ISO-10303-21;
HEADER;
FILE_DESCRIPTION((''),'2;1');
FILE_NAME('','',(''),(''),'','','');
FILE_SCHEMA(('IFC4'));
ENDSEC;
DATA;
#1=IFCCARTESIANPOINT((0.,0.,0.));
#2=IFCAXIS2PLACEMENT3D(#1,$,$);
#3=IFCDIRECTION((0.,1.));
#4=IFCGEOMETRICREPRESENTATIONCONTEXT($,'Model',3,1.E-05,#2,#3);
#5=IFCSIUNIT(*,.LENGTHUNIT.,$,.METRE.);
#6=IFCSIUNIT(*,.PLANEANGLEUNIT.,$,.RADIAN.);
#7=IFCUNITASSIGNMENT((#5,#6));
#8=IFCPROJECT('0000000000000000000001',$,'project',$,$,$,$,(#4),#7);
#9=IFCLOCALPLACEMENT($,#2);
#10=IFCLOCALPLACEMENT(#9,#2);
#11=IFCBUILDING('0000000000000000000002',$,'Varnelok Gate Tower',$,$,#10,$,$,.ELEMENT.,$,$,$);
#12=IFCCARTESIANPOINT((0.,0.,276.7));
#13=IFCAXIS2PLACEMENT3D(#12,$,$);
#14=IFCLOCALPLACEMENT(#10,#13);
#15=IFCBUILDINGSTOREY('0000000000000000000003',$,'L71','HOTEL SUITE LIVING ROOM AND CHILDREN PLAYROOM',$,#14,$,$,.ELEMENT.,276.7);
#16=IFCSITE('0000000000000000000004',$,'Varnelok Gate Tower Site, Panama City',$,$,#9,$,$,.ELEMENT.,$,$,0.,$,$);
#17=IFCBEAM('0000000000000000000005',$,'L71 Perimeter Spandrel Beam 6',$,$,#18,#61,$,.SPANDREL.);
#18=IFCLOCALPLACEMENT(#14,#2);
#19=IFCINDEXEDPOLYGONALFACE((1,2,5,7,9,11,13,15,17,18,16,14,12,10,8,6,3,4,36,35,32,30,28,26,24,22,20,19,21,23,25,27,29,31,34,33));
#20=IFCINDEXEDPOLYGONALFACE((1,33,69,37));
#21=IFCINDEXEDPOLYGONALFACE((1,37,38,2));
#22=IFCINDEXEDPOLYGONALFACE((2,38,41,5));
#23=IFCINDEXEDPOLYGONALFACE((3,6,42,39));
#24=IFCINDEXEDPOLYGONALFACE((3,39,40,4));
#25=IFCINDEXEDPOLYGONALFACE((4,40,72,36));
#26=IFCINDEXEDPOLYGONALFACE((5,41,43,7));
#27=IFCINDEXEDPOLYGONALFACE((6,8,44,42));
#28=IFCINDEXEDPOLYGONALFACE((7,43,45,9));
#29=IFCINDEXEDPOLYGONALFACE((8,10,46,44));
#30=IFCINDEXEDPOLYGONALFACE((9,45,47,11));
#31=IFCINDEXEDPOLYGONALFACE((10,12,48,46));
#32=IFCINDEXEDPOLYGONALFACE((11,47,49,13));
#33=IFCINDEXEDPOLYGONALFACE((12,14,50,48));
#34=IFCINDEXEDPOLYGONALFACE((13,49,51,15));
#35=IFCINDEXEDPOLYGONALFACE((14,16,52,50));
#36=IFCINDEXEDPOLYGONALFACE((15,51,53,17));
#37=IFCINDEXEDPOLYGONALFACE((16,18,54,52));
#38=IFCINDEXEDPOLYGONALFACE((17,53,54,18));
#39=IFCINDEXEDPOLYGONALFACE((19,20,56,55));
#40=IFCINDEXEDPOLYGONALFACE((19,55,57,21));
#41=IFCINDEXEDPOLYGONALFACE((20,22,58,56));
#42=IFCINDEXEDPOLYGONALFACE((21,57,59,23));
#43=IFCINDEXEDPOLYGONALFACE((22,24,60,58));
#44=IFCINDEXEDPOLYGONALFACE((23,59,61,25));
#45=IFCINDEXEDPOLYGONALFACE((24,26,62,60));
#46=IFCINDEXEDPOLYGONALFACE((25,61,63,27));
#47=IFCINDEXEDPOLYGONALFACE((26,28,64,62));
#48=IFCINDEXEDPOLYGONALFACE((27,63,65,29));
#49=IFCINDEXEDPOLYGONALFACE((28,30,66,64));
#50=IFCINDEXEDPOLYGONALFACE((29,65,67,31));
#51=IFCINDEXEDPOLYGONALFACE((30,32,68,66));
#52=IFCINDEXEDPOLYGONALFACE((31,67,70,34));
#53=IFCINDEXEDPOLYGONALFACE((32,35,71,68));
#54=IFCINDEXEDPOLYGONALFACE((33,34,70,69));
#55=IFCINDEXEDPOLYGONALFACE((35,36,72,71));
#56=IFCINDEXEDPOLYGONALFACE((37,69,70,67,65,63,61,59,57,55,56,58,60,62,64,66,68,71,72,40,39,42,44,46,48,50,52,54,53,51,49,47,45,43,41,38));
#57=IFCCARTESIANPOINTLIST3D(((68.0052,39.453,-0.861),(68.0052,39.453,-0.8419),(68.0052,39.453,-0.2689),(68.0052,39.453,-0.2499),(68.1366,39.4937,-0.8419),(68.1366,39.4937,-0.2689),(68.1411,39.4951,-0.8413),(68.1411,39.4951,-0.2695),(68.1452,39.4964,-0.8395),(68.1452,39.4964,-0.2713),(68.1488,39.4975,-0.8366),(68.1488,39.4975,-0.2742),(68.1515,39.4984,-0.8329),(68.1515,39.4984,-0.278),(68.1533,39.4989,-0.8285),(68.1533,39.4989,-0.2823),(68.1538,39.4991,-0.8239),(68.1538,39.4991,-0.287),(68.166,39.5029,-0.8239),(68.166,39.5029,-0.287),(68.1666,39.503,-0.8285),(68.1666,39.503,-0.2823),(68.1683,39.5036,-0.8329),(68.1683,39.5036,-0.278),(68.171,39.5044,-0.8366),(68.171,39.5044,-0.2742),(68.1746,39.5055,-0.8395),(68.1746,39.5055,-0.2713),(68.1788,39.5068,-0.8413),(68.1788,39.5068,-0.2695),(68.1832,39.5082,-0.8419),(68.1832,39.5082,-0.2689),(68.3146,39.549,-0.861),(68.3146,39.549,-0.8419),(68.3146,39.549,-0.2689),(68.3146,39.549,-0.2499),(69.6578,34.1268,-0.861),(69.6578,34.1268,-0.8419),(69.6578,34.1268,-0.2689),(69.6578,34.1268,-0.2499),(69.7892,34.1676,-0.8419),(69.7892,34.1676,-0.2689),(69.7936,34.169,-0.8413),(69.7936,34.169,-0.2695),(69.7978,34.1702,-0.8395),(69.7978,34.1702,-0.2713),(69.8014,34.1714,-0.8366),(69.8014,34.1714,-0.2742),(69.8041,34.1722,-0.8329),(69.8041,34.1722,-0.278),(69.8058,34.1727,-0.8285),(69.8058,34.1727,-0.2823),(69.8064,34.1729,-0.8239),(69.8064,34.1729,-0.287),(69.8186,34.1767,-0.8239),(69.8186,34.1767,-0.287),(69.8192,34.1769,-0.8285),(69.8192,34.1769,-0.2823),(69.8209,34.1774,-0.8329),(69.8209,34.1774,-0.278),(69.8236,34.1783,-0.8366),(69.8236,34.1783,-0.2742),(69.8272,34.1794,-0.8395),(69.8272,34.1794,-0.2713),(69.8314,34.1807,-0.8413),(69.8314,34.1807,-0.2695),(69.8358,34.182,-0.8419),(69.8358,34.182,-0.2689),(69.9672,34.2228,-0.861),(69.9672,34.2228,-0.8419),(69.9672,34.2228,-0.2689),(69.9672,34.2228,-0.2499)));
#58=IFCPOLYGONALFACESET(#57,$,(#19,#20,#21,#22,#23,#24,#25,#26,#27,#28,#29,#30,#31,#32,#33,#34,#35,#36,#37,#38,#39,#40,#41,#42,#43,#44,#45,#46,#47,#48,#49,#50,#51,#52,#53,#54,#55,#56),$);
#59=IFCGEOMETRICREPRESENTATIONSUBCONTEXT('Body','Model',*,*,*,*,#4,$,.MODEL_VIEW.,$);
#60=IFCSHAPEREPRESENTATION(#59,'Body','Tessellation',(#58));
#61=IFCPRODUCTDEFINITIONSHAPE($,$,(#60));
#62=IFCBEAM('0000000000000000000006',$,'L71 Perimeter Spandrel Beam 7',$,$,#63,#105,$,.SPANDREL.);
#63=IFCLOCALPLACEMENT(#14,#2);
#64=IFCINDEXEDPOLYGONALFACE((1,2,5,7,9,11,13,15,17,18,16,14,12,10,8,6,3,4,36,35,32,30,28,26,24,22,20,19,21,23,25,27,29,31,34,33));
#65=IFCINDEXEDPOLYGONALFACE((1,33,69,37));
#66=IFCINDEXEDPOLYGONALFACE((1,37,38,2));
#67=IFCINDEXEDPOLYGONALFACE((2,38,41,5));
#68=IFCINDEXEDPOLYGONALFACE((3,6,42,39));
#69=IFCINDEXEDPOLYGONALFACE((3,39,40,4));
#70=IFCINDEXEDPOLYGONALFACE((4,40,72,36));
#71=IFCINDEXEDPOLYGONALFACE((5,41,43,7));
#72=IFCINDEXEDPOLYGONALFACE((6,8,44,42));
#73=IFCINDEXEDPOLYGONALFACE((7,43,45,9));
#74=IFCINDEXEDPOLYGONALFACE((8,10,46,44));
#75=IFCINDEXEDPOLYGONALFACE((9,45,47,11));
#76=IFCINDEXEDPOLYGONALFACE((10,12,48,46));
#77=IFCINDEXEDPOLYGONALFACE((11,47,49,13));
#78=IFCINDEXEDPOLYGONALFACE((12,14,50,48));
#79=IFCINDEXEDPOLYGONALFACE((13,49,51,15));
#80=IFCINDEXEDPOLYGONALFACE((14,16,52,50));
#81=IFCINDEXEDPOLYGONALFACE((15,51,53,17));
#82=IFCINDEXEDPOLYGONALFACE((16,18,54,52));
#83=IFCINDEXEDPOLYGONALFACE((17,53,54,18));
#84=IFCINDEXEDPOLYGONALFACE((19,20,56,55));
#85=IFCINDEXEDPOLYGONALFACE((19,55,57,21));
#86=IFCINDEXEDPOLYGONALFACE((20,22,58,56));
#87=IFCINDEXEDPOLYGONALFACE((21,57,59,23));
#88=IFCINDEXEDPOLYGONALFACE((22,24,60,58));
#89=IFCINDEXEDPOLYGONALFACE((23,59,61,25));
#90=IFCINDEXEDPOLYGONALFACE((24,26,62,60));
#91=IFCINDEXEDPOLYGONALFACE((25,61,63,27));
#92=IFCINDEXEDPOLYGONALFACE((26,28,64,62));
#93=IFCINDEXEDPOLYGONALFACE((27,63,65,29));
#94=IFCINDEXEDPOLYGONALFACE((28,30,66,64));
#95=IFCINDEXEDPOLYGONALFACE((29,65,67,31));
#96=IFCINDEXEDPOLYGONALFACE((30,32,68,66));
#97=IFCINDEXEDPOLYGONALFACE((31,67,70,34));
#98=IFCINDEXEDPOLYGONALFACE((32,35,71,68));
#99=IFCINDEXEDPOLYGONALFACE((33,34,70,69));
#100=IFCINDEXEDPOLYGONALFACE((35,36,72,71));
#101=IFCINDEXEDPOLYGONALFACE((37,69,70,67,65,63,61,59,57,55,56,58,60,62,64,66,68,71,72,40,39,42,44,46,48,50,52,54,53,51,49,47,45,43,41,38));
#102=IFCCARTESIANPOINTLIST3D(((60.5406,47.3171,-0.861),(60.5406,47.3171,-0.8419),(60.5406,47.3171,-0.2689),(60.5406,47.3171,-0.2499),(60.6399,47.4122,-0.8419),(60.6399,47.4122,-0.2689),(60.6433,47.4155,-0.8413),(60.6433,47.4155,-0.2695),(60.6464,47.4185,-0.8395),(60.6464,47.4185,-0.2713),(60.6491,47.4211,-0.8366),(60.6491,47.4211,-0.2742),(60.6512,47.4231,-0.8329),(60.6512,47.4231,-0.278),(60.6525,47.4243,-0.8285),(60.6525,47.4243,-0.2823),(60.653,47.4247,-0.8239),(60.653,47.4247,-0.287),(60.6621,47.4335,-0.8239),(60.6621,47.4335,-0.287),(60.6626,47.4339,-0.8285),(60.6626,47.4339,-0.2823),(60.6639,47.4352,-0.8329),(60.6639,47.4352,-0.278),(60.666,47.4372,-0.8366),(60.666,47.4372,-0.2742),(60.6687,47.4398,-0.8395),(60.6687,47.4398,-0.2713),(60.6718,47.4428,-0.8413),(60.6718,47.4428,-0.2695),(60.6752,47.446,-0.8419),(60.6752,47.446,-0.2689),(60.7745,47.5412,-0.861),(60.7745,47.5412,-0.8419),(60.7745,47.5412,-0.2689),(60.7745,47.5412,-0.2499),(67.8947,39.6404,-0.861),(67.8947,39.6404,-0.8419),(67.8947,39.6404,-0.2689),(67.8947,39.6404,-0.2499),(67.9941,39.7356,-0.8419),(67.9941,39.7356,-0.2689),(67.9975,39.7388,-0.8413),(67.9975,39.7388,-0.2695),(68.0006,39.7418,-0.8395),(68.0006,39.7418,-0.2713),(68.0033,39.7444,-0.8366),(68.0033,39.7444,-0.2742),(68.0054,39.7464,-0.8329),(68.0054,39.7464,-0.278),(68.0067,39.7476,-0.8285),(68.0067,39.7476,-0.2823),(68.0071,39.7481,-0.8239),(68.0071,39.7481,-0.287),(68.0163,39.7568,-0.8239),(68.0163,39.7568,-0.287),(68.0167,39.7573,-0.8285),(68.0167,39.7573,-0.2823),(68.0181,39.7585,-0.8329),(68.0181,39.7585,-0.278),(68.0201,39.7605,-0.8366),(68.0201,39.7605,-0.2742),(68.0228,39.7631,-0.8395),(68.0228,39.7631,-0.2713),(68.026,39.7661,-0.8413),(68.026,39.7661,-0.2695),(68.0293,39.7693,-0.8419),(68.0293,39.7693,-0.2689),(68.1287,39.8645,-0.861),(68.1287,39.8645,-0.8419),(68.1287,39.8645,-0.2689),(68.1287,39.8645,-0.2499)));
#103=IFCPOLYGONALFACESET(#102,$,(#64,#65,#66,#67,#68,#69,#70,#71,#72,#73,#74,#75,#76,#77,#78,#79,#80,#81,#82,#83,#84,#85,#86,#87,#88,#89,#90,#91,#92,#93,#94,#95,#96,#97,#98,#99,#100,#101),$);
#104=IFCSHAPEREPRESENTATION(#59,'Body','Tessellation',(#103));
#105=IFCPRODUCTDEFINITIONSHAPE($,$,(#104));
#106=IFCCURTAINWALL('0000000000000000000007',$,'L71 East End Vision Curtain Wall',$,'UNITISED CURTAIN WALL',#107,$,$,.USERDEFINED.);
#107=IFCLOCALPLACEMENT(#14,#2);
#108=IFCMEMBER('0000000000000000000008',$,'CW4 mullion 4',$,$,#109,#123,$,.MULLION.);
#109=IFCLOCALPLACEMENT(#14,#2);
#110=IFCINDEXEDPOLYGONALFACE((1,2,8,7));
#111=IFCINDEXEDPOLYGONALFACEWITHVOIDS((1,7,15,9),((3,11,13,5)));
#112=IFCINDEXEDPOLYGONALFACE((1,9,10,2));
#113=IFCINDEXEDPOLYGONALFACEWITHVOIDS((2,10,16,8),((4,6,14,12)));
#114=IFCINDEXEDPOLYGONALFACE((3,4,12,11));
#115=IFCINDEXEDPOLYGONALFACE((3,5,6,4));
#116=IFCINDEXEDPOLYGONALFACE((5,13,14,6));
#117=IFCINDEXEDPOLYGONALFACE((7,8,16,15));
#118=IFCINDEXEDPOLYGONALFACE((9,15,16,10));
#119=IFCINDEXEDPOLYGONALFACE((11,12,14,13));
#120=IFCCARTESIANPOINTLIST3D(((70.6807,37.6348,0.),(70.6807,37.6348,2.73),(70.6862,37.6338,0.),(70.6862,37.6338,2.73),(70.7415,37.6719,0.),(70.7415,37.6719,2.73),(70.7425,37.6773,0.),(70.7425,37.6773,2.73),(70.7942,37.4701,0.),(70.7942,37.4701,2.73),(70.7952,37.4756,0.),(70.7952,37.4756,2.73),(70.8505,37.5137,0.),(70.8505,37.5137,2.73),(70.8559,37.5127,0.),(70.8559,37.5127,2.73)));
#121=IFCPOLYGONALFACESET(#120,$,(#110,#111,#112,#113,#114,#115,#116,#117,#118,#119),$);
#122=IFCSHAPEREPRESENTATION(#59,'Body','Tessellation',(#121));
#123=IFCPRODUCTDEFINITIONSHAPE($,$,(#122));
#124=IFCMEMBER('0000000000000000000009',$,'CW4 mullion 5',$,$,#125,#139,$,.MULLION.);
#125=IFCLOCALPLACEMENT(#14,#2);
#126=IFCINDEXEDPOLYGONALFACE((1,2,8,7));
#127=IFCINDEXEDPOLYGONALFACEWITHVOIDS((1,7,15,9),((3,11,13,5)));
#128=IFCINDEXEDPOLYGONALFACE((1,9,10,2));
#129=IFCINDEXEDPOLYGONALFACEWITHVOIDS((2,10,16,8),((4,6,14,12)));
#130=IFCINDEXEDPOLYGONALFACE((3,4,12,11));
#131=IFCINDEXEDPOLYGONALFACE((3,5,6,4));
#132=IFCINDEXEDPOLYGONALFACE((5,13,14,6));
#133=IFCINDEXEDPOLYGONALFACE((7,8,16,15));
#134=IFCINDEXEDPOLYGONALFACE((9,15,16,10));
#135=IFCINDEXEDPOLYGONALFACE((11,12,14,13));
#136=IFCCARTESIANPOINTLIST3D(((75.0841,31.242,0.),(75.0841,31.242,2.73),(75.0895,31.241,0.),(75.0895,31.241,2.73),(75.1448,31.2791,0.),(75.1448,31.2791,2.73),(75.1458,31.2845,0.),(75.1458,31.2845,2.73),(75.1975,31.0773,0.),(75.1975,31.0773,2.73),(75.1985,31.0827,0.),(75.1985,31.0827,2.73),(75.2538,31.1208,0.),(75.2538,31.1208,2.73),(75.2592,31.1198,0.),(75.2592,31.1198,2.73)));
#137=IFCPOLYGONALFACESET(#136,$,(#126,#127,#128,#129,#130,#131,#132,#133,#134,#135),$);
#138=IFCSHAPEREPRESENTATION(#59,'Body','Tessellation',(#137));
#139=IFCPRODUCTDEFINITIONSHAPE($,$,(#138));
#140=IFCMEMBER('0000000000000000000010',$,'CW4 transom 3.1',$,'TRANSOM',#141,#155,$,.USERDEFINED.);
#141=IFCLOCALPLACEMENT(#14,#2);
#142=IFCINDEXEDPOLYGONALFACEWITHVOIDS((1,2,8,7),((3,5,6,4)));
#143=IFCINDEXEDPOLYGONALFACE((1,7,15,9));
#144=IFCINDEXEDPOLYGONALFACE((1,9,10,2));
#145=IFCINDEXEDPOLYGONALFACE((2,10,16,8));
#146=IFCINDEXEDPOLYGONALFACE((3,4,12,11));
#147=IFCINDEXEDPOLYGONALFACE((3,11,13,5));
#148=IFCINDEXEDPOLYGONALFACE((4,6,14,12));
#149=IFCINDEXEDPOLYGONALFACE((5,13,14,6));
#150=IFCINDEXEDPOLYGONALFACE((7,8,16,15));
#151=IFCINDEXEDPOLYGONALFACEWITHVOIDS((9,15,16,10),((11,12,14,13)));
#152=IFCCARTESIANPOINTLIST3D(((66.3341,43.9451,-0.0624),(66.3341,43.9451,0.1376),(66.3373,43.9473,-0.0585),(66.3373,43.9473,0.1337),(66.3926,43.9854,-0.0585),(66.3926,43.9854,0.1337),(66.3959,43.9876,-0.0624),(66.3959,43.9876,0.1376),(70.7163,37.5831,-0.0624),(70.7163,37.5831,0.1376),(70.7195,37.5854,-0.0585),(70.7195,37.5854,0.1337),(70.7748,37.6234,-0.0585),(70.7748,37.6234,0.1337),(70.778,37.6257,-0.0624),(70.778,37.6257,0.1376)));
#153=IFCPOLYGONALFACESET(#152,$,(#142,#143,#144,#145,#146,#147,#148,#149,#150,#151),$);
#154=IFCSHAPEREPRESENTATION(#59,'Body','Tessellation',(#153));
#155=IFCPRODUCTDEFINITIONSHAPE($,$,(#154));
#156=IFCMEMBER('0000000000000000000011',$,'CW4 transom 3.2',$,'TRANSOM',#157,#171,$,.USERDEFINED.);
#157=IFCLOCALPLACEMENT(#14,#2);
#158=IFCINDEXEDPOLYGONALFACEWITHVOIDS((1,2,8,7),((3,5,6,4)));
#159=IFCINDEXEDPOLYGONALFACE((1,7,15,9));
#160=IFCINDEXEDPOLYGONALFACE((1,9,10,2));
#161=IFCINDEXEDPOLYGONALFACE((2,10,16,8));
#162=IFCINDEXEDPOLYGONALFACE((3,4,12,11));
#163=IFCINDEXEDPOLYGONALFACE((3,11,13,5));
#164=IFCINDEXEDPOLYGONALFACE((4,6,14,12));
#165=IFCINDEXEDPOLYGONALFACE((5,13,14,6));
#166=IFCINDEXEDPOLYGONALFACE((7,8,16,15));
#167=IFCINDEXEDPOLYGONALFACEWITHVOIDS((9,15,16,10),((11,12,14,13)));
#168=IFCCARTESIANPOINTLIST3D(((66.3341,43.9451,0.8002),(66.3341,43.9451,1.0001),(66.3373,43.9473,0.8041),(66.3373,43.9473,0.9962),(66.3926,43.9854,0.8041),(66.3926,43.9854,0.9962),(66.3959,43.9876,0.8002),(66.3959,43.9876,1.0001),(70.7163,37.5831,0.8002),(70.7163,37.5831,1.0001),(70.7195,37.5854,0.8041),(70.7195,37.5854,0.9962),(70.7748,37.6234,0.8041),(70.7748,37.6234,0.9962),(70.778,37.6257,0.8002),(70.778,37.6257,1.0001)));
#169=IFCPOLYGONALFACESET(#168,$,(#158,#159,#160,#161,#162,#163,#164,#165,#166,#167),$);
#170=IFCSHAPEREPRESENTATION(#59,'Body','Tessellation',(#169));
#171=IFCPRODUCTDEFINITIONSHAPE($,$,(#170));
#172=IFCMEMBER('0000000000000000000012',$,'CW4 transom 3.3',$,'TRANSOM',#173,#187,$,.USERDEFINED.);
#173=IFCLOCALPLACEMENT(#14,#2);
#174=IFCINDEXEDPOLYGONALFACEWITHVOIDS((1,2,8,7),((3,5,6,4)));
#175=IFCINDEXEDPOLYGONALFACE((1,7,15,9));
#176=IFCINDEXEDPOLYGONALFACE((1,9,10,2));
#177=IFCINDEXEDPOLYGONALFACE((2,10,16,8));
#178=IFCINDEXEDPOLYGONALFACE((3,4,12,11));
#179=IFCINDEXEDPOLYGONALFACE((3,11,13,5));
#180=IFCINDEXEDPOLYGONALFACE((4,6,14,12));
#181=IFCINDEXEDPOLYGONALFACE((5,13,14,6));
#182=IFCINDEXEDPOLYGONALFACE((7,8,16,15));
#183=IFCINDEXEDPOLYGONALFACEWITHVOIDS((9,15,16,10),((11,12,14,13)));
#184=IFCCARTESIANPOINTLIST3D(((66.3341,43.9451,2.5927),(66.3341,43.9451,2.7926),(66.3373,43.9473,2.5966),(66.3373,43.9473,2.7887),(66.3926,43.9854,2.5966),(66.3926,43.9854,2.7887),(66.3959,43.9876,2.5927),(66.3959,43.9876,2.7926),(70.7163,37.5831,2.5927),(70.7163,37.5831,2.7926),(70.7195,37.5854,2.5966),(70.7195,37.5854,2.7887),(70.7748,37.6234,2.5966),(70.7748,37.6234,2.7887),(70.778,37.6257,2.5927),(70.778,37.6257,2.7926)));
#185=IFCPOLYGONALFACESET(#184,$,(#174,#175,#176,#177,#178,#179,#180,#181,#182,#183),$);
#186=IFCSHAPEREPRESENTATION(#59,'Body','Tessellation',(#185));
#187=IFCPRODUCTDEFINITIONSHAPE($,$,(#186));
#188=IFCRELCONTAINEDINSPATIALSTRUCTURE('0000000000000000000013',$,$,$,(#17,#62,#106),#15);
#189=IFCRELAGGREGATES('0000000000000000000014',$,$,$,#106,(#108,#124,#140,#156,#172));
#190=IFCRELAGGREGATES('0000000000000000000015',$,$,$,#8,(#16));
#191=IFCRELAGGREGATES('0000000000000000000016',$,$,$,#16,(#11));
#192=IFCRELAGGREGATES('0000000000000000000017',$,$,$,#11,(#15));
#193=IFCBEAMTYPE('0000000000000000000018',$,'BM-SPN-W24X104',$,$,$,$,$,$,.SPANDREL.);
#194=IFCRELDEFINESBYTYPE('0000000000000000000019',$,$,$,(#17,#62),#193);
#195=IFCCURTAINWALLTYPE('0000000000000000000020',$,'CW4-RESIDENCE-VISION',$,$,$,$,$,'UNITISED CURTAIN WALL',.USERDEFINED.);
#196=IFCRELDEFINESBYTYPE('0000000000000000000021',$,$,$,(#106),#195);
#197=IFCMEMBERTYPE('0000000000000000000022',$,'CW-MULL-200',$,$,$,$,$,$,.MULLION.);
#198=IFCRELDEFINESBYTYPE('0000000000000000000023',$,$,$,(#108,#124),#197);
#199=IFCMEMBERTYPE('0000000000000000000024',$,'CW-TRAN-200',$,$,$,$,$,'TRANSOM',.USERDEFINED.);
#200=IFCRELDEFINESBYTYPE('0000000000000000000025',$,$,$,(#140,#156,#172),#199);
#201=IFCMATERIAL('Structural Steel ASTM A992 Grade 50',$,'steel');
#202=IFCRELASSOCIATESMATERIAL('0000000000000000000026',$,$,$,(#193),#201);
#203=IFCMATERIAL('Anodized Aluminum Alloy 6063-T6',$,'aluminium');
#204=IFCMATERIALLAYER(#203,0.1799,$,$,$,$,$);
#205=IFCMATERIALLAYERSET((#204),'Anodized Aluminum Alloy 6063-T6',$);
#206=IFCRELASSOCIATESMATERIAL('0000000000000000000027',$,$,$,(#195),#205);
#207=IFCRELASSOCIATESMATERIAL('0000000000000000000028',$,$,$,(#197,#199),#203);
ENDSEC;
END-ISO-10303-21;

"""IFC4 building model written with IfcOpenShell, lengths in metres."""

from ifc_helpers import new_model, si_unit, direction, frame, origin, origin_2d, place, context, subcontext, project, spatial, hollow_rectangle, i_section, extrude, material, layer, layer_set, material_profile, profile_set, type_object, element, aggregate, save


model = new_model("IFC4")

# Units and contexts
model_context = context("Model", 3, precision=1e-05, world=origin(), true_north=direction((0.0, 1.0)))
body_context = subcontext(model_context, "Body", "Model", "MODEL_VIEW")
ifc_project = project(units=[si_unit("LENGTHUNIT", "METRE"), si_unit("PLANEANGLEUNIT", "RADIAN")], contexts=[model_context])

# Site, building, storey
site_placement = place(None, origin())
site = spatial("IfcSite", under=ifc_project, at=site_placement, Name="Varnelok Gate Tower Site, Panama City", CompositionType="ELEMENT", RefElevation=0.0)
building_placement = place(site_placement, origin())
building = spatial("IfcBuilding", under=site, at=building_placement, Name="Varnelok Gate Tower", CompositionType="ELEMENT")
storey_placement = place(building_placement, frame((0.0, 0.0, 276.7)))
storey = spatial("IfcBuildingStorey", under=building, at=storey_placement, Name="L71", Description="HOTEL SUITE LIVING ROOM AND CHILDREN PLAYROOM", CompositionType="ELEMENT", Elevation=276.7)

# Shared definitions
ifc_material_1 = material(Name="Structural Steel ASTM A992 Grade 50", Category="steel")

# Beams
ifc_material_profile_1 = material_profile(ifc_material_1, i_section(OverallWidth=0.324, OverallDepth=0.6111, WebThickness=0.0127, FlangeThickness=0.019, FilletRadius=0.0181, at=origin_2d()), Name="W24X104")
ifc_profile_set_1 = profile_set([ifc_material_profile_1], Name="Structural Steel ASTM A992 Grade 50")
beam_type_1 = type_object("IfcBeamType", Name="BM-SPN-W24X104", PredefinedType="SPANDREL", material=ifc_profile_set_1)
beam_1_placement = place(storey_placement, frame((69.8125, 34.1748, -0.5554), z_axis=(-0.29634, 0.955083, 0.0), x_axis=(-0.955083, -0.29634, 0.0)))
element("IfcBeam", 1, at=beam_1_placement, inside=storey, type_object=beam_type_1, Name="L71 Perimeter Spandrel Beam 6", PredefinedType="SPANDREL", context=body_context, shape_type="SweptSolid", body=[
    extrude(i_section(OverallWidth=0.324, OverallDepth=0.6111, WebThickness=0.0127, FlangeThickness=0.019, FilletRadius=0.0181, at=origin_2d()), origin(), (0.0, 0.0, 1.0), 5.5767),
])
beam_2_placement = place(storey_placement, frame((68.0117, 39.7524, -0.5554), z_axis=(-0.691776, 0.722112, 0.0), x_axis=(-0.722112, -0.691776, 0.0)))
element("IfcBeam", 2, at=beam_2_placement, inside=storey, type_object=beam_type_1, Name="L71 Perimeter Spandrel Beam 7", PredefinedType="SPANDREL", context=body_context, shape_type="SweptSolid", body=[
    extrude(i_section(OverallWidth=0.324, OverallDepth=0.6111, WebThickness=0.0127, FlangeThickness=0.019, FilletRadius=0.0181, at=origin_2d()), origin(), (0.0, 0.0, 1.0), 10.6309),
])

# Curtain wall, members
ifc_material_2 = material(Name="Anodized Aluminum Alloy 6063-T6", Category="aluminium")
ifc_layer_1 = layer(ifc_material_2, 0.1799)
ifc_layer_set_1 = layer_set([ifc_layer_1], Name="Anodized Aluminum Alloy 6063-T6")
curtain_wall_type = type_object("IfcCurtainWallType", Name="CW4-RESIDENCE-VISION", ElementType="UNITISED CURTAIN WALL", PredefinedType="USERDEFINED", material=ifc_layer_set_1)
curtain_wall_placement = place(storey_placement, origin())
curtain_wall = element("IfcCurtainWall", 3, at=curtain_wall_placement, inside=storey, type_object=curtain_wall_type, Name="L71 East End Vision Curtain Wall", ObjectType="UNITISED CURTAIN WALL", PredefinedType="USERDEFINED")
ifc_material_profile_2 = material_profile(ifc_material_2, hollow_rectangle(XDim=0.075, YDim=0.2, WallThickness=0.0039, at=origin_2d()), Name="ALU200X75X4")
ifc_profile_set_2 = profile_set([ifc_material_profile_2], Name="Anodized Aluminum Alloy 6063-T6")
member_type_1 = type_object("IfcMemberType", Name="CW-MULL-200", PredefinedType="MULLION", material=ifc_profile_set_2)
member_1_placement = place(storey_placement, frame((70.7683, 37.5737, 0.0), z_axis=(0.0, 0.0, 1.0), x_axis=(0.823532, 0.567269, 0.0)))
member_1 = element("IfcMember", 4, at=member_1_placement, type_object=member_type_1, Name="CW4 mullion 4", PredefinedType="MULLION", context=body_context, shape_type="SweptSolid", body=[
    extrude(hollow_rectangle(XDim=0.075, YDim=0.2, WallThickness=0.0039, at=origin_2d()), origin(), (0.0, 0.0, 1.0), 2.73),
])
member_2_placement = place(storey_placement, frame((75.1716, 31.1809, 0.0), z_axis=(0.0, 0.0, 1.0), x_axis=(0.823532, 0.567269, 0.0)))
member_2 = element("IfcMember", 5, at=member_2_placement, type_object=member_type_1, Name="CW4 mullion 5", PredefinedType="MULLION", context=body_context, shape_type="SweptSolid", body=[
    extrude(hollow_rectangle(XDim=0.075, YDim=0.2, WallThickness=0.0039, at=origin_2d()), origin(), (0.0, 0.0, 1.0), 2.73),
])
ifc_material_profile_3 = material_profile(ifc_material_2, hollow_rectangle(XDim=0.075, YDim=0.2, WallThickness=0.0039, at=origin_2d()), Name="ALU200X75X4")
ifc_profile_set_3 = profile_set([ifc_material_profile_3], Name="Anodized Aluminum Alloy 6063-T6")
member_type_2 = type_object("IfcMemberType", Name="CW-TRAN-200", ElementType="TRANSOM", PredefinedType="USERDEFINED", material=ifc_profile_set_3)
member_3_placement = place(storey_placement, frame((66.365, 43.9663, 0.0376), z_axis=(0.567261, -0.823538, 0.0), x_axis=(0.823538, 0.567261, 0.0)))
member_3 = element("IfcMember", 6, at=member_3_placement, type_object=member_type_2, Name="CW4 transom 3.1", ObjectType="TRANSOM", PredefinedType="USERDEFINED", context=body_context, shape_type="SweptSolid", body=[
    extrude(hollow_rectangle(XDim=0.075, YDim=0.2, WallThickness=0.0039, at=origin_2d()), origin(), (0.0, 0.0, 1.0), 7.7251),
])
member_4_placement = place(storey_placement, frame((66.365, 43.9663, 0.9001), z_axis=(0.567261, -0.823538, 0.0), x_axis=(0.823538, 0.567261, 0.0)))
member_4 = element("IfcMember", 7, at=member_4_placement, type_object=member_type_2, Name="CW4 transom 3.2", ObjectType="TRANSOM", PredefinedType="USERDEFINED", context=body_context, shape_type="SweptSolid", body=[
    extrude(hollow_rectangle(XDim=0.075, YDim=0.2, WallThickness=0.0039, at=origin_2d()), origin(), (0.0, 0.0, 1.0), 7.7251),
])
member_5_placement = place(storey_placement, frame((66.365, 43.9663, 2.6926), z_axis=(0.567261, -0.823538, 0.0), x_axis=(0.823538, 0.567261, 0.0)))
member_5 = element("IfcMember", 8, at=member_5_placement, type_object=member_type_2, Name="CW4 transom 3.3", ObjectType="TRANSOM", PredefinedType="USERDEFINED", context=body_context, shape_type="SweptSolid", body=[
    extrude(hollow_rectangle(XDim=0.075, YDim=0.2, WallThickness=0.0039, at=origin_2d()), origin(), (0.0, 0.0, 1.0), 7.7251),
])
aggregate(curtain_wall, [member_1, member_2, member_3, member_4, member_5])

save(model, "model.ifc")
